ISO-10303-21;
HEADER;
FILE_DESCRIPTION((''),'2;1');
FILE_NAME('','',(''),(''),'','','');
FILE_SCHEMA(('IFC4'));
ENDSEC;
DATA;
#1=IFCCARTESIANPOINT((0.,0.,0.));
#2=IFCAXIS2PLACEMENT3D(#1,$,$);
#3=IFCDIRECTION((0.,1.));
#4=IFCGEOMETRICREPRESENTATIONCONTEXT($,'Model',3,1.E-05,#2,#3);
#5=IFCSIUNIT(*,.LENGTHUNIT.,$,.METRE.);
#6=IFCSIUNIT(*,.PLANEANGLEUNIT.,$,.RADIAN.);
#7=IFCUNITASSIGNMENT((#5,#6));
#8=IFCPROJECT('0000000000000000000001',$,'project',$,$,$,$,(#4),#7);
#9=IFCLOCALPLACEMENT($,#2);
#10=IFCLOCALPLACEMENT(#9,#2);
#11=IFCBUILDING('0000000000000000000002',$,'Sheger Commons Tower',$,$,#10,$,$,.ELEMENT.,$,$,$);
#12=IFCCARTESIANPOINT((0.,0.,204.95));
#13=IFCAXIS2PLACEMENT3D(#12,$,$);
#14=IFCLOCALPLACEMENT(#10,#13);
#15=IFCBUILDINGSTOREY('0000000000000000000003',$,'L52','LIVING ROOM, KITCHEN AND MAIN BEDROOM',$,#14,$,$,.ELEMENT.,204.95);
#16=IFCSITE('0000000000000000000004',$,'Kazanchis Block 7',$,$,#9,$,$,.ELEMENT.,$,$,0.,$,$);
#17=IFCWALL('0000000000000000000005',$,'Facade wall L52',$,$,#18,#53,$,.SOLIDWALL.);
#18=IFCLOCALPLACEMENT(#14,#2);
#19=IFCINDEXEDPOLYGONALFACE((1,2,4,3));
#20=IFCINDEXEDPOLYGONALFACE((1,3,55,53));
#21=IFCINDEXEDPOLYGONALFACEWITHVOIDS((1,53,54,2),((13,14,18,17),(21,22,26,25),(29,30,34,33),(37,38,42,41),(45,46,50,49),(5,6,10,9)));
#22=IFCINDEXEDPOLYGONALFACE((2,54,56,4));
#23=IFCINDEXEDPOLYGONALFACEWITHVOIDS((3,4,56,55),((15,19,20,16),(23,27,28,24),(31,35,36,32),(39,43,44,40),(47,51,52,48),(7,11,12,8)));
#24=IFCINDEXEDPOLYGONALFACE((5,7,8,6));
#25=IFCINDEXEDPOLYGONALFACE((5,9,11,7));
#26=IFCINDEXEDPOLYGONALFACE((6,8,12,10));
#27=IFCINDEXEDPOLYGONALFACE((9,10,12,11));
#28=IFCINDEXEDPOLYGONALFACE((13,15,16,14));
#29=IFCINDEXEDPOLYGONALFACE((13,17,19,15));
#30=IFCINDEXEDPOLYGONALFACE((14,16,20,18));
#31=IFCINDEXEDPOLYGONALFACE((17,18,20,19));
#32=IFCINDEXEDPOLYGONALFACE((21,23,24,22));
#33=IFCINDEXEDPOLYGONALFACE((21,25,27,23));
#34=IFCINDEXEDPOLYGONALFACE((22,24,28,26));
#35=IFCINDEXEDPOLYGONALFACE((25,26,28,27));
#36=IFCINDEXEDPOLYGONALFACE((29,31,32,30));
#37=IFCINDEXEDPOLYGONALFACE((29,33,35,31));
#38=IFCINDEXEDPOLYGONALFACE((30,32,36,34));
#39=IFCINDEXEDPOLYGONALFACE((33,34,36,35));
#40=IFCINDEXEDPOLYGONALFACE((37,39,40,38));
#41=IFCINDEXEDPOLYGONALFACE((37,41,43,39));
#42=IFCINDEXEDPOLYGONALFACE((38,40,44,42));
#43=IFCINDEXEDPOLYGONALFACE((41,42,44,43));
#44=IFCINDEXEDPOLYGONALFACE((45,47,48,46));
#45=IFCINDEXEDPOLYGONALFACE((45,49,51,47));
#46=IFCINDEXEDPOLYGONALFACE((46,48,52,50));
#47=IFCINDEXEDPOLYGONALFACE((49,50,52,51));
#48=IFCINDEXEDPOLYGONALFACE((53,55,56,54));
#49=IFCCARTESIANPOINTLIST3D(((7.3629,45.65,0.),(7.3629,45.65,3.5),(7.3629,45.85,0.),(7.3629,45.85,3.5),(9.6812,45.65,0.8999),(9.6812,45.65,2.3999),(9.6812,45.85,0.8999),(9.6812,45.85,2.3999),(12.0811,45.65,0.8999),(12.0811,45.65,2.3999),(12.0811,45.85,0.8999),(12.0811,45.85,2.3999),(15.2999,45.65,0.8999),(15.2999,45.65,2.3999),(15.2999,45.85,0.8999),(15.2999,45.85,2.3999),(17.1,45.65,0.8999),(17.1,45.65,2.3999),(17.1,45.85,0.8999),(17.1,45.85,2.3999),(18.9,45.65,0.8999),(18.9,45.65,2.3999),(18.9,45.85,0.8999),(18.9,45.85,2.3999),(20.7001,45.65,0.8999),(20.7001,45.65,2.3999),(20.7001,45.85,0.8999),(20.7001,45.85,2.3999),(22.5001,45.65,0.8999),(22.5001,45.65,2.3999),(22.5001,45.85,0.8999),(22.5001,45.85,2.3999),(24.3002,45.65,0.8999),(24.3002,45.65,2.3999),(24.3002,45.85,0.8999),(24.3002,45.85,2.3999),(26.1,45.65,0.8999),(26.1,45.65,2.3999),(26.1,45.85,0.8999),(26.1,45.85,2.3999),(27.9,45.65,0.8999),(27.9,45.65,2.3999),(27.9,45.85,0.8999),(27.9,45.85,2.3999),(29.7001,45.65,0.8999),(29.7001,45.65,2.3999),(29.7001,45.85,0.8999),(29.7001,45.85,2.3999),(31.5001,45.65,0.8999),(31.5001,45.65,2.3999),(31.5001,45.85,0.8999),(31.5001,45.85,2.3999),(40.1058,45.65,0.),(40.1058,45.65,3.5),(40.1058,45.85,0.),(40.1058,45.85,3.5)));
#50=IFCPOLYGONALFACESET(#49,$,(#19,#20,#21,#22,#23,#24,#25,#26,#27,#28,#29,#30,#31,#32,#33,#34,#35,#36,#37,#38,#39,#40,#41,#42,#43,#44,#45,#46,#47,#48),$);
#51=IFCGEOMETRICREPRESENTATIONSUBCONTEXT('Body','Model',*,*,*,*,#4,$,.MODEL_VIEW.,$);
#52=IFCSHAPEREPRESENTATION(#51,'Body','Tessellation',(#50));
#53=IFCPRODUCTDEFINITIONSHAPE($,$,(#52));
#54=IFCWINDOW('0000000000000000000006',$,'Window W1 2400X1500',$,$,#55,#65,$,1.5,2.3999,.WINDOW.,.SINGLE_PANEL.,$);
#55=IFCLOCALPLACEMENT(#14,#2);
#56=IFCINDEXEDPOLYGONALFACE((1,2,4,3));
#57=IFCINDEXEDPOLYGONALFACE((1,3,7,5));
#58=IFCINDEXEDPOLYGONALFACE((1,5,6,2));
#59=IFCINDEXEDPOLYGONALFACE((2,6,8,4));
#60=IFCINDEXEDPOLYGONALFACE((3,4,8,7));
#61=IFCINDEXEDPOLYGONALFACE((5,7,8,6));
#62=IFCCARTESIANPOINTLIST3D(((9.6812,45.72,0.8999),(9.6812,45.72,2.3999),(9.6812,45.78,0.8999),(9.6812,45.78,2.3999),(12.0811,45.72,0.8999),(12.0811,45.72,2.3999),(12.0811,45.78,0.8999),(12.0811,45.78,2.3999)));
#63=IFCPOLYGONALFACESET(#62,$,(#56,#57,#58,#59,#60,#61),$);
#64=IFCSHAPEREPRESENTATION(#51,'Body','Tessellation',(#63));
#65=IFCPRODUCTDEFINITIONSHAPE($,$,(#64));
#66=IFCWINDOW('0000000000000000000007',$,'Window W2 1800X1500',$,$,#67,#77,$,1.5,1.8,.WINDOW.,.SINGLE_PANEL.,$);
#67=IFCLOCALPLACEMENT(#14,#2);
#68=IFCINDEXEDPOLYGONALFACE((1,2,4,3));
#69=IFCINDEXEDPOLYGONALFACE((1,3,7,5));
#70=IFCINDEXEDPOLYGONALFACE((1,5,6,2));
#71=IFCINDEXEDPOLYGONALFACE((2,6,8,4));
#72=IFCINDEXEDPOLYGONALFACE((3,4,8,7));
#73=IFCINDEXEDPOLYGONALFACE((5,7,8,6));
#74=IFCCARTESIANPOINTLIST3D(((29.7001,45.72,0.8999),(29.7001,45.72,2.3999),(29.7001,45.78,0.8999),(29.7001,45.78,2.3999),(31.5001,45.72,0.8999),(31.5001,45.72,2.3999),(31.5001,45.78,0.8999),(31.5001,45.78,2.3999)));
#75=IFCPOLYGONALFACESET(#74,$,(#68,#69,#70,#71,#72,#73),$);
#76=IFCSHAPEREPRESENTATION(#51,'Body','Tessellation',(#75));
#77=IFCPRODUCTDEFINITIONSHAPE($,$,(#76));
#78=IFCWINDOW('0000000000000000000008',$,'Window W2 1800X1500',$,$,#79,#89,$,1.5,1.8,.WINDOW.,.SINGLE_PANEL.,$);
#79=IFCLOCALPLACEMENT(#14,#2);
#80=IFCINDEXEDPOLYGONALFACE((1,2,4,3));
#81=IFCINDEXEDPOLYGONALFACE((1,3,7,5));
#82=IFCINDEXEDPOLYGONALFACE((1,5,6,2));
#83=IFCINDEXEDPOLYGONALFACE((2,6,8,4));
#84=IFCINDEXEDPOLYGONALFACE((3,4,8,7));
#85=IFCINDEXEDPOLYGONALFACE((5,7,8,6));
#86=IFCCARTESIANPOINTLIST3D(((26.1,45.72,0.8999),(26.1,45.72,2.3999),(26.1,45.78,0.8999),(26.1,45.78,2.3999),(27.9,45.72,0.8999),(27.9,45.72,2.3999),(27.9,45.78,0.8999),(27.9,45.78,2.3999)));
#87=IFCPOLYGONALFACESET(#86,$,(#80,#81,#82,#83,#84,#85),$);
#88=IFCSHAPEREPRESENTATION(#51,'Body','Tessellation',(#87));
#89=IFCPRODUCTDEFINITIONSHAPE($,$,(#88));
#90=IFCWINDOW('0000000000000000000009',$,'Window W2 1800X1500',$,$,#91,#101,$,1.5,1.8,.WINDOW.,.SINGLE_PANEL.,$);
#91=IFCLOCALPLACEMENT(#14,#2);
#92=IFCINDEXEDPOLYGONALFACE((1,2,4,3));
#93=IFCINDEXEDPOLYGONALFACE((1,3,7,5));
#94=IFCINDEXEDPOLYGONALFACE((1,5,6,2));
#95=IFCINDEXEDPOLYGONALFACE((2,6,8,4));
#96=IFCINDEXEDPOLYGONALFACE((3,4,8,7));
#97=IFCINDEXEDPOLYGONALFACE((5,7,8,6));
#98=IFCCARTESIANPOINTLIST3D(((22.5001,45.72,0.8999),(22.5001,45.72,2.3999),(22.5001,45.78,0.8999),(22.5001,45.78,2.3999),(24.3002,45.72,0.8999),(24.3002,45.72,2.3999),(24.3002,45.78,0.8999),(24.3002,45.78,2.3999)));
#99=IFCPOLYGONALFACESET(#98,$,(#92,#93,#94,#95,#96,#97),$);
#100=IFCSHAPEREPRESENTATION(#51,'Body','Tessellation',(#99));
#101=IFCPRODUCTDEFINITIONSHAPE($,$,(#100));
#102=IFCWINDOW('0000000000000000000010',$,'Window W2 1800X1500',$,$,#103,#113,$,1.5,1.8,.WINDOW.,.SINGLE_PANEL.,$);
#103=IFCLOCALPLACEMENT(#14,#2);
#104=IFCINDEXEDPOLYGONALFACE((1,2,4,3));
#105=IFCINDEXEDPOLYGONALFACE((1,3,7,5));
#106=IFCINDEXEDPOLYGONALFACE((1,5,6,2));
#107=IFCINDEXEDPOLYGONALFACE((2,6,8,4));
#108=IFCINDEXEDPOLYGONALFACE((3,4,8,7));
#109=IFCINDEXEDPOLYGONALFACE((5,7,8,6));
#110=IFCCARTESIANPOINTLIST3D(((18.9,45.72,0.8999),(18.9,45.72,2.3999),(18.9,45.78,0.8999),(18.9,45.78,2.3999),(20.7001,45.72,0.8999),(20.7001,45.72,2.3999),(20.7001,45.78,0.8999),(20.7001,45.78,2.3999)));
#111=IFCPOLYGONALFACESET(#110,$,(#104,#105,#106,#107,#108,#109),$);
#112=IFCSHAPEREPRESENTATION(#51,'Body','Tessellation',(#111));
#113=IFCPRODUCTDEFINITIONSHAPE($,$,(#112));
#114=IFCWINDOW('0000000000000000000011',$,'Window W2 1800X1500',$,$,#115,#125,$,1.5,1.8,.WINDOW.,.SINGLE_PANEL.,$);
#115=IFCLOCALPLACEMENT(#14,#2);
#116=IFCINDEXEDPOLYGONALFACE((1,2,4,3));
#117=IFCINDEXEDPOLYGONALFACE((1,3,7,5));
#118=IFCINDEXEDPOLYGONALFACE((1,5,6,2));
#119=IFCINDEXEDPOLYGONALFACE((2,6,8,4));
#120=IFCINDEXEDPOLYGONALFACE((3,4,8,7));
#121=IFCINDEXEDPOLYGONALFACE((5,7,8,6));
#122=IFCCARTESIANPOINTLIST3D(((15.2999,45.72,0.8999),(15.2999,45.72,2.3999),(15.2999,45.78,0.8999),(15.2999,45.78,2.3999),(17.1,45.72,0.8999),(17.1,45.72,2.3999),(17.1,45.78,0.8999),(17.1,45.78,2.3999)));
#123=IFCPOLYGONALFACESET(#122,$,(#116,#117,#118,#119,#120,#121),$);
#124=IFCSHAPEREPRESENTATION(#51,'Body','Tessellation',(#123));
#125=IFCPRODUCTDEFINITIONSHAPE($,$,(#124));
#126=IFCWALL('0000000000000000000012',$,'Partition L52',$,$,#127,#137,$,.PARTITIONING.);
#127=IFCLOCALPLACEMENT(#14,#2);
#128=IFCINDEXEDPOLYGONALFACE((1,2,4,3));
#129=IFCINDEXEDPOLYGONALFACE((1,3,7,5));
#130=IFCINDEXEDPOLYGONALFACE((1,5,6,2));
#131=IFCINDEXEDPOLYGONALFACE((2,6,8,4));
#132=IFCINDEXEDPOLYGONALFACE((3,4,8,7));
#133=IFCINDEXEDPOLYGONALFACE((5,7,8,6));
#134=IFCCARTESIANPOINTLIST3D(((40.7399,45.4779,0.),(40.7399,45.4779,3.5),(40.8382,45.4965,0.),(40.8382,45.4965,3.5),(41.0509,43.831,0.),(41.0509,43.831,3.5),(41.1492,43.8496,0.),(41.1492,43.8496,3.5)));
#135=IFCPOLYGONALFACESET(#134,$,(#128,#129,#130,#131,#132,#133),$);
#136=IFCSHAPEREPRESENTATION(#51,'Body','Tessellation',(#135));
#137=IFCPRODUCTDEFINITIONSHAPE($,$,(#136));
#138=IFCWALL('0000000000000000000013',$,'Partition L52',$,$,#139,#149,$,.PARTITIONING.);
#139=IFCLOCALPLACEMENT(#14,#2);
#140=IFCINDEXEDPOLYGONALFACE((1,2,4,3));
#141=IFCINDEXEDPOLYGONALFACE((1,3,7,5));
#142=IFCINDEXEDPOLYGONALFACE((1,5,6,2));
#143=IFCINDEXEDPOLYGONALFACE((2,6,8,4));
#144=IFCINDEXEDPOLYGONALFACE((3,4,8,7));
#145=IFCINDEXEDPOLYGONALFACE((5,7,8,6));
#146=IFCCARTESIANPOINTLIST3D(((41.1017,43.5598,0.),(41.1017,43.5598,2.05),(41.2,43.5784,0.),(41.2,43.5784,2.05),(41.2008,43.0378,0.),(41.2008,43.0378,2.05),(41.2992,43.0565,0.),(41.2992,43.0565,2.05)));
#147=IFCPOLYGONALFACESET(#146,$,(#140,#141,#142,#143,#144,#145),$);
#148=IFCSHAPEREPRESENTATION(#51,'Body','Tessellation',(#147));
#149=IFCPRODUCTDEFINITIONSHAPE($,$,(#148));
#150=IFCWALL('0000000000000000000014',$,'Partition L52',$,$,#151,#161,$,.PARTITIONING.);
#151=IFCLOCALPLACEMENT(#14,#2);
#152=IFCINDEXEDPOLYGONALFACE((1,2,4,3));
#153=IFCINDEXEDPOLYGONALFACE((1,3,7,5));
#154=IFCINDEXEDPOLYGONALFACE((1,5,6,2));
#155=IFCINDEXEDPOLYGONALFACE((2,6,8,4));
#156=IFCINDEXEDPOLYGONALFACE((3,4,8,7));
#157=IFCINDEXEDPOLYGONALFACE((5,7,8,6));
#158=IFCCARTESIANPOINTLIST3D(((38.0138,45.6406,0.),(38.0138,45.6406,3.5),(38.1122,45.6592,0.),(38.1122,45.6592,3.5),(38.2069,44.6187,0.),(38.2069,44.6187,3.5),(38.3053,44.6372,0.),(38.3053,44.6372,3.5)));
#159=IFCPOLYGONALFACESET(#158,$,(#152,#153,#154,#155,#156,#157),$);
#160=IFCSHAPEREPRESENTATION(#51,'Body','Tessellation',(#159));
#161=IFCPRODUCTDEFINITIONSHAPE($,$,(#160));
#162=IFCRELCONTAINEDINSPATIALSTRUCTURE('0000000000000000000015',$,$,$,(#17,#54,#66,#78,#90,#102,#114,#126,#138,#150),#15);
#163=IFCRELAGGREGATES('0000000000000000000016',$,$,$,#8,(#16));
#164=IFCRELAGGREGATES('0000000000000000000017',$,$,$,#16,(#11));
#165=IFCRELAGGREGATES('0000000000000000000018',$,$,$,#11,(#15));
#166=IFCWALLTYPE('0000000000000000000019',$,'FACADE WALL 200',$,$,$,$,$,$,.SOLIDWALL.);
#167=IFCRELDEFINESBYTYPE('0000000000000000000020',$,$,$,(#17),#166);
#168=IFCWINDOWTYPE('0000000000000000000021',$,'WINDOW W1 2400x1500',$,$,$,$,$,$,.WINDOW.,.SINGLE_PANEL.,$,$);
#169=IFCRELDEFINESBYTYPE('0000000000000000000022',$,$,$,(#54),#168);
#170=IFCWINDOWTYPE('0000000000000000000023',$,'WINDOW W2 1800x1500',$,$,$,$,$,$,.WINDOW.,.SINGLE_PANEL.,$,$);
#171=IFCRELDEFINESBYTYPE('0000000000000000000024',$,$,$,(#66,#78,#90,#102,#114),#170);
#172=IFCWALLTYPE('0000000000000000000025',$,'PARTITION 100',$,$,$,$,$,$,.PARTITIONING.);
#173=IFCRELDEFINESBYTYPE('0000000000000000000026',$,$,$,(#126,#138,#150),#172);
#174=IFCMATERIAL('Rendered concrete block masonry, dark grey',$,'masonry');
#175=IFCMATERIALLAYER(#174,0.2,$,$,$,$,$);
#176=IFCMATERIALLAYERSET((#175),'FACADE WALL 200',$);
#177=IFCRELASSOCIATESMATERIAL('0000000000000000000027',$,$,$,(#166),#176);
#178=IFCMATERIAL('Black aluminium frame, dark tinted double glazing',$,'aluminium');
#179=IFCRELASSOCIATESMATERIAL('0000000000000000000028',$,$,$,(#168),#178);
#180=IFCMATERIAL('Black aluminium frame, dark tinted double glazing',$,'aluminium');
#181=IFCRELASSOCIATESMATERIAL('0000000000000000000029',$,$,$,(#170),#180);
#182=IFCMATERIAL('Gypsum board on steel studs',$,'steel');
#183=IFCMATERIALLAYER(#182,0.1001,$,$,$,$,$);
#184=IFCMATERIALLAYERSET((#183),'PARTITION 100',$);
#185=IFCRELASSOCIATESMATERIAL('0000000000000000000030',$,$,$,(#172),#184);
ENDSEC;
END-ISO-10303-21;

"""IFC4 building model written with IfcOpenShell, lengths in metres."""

from ifc_helpers import new_model, si_unit, direction, frame, frame_2d, origin, place, context, subcontext, project, spatial, rectangle, extrude, material, layer, layer_set, type_object, element, fill, save


model = new_model("IFC4")

# Units and contexts
model_context = context("Model", 3, precision=1e-05, world=origin(), true_north=direction((0.0, 1.0)))
body_context = subcontext(model_context, "Body", "Model", "MODEL_VIEW")
ifc_project = project(units=[si_unit("LENGTHUNIT", "METRE"), si_unit("PLANEANGLEUNIT", "RADIAN")], contexts=[model_context])

# Site, building, storey
site_placement = place(None, origin())
site = spatial("IfcSite", under=ifc_project, at=site_placement, Name="Kazanchis Block 7", CompositionType="ELEMENT", RefElevation=0.0)
building_placement = place(site_placement, origin())
building = spatial("IfcBuilding", under=site, at=building_placement, Name="Sheger Commons Tower", CompositionType="ELEMENT")
storey_placement = place(building_placement, frame((0.0, 0.0, 204.95)))
storey = spatial("IfcBuildingStorey", under=building, at=storey_placement, Name="L52", Description="LIVING ROOM, KITCHEN AND MAIN BEDROOM", CompositionType="ELEMENT", Elevation=204.95)

# Shared definitions
ifc_material_1 = material(Name="Rendered concrete block masonry, dark grey", Category="masonry")
ifc_layer_1 = layer(ifc_material_1, 0.2)
ifc_layer_set_1 = layer_set([ifc_layer_1], Name="FACADE WALL 200")
wall_type_1 = type_object("IfcWallType", Name="FACADE WALL 200", PredefinedType="SOLIDWALL", material=ifc_layer_set_1)

# Wall, openings, windows
wall_1_placement = place(storey_placement, frame((40.106, 45.75, 0.0), z_axis=(0.0, 0.0, 1.0), x_axis=(-1.0, 0.0, 0.0)))
wall_1 = element("IfcWall", 1, at=wall_1_placement, inside=storey, type_object=wall_type_1, Name="Facade wall L52", PredefinedType="SOLIDWALL", context=body_context, shape_type="SweptSolid", body=[
    extrude(rectangle(XDim=32.7429, YDim=0.2, at=frame_2d((16.3716, 0.0))), origin(), (0.0, 0.0, 1.0), 3.5),
])
opening_1_placement = place(wall_1_placement, frame((8.606, 0.0, 0.8999)))
opening_1 = element("IfcOpeningElement", 2, at=opening_1_placement, cuts=wall_1, PredefinedType="OPENING", context=body_context, shape_type="SweptSolid", body=[
    extrude(rectangle(XDim=1.8, YDim=1.5, at=frame_2d((0.8999, 0.75))), frame((0.0, 0.1099, 0.0), z_axis=(0.0, -1.0, 0.0), x_axis=(1.0, 0.0, 0.0)), (0.0, 0.0, 1.0), 0.22),
])
opening_2_placement = place(wall_1_placement, frame((12.2061, 0.0, 0.8999)))
opening_2 = element("IfcOpeningElement", 3, at=opening_2_placement, cuts=wall_1, PredefinedType="OPENING", context=body_context, shape_type="SweptSolid", body=[
    extrude(rectangle(XDim=1.8, YDim=1.5, at=frame_2d((0.8999, 0.75))), frame((0.0, 0.1099, 0.0), z_axis=(0.0, -1.0, 0.0), x_axis=(1.0, 0.0, 0.0)), (0.0, 0.0, 1.0), 0.22),
])
opening_3_placement = place(wall_1_placement, frame((15.8059, 0.0, 0.8999)))
opening_3 = element("IfcOpeningElement", 4, at=opening_3_placement, cuts=wall_1, PredefinedType="OPENING", context=body_context, shape_type="SweptSolid", body=[
    extrude(rectangle(XDim=1.8, YDim=1.5, at=frame_2d((0.8999, 0.75))), frame((0.0, 0.1099, 0.0), z_axis=(0.0, -1.0, 0.0), x_axis=(1.0, 0.0, 0.0)), (0.0, 0.0, 1.0), 0.22),
])
opening_4_placement = place(wall_1_placement, frame((19.406, 0.0, 0.8999)))
opening_4 = element("IfcOpeningElement", 5, at=opening_4_placement, cuts=wall_1, PredefinedType="OPENING", context=body_context, shape_type="SweptSolid", body=[
    extrude(rectangle(XDim=1.8, YDim=1.5, at=frame_2d((0.8999, 0.75))), frame((0.0, 0.1099, 0.0), z_axis=(0.0, -1.0, 0.0), x_axis=(1.0, 0.0, 0.0)), (0.0, 0.0, 1.0), 0.22),
])
opening_5_placement = place(wall_1_placement, frame((23.0061, 0.0, 0.8999)))
opening_5 = element("IfcOpeningElement", 6, at=opening_5_placement, cuts=wall_1, PredefinedType="OPENING", context=body_context, shape_type="SweptSolid", body=[
    extrude(rectangle(XDim=1.8, YDim=1.5, at=frame_2d((0.8999, 0.75))), frame((0.0, 0.1099, 0.0), z_axis=(0.0, -1.0, 0.0), x_axis=(1.0, 0.0, 0.0)), (0.0, 0.0, 1.0), 0.22),
])
opening_6_placement = place(wall_1_placement, frame((28.0249, 0.0, 0.8999)))
opening_6 = element("IfcOpeningElement", 7, at=opening_6_placement, cuts=wall_1, PredefinedType="OPENING", context=body_context, shape_type="SweptSolid", body=[
    extrude(rectangle(XDim=2.3999, YDim=1.5, at=frame_2d((1.2, 0.75))), frame((0.0, 0.1099, 0.0), z_axis=(0.0, -1.0, 0.0), x_axis=(1.0, 0.0, 0.0)), (0.0, 0.0, 1.0), 0.22),
])
ifc_material_2 = material(Name="Black aluminium frame, dark tinted double glazing", Category="aluminium")
window_type_1 = type_object("IfcWindowType", Name="WINDOW W1 2400x1500", PartitioningType="SINGLE_PANEL", PredefinedType="WINDOW", material=ifc_material_2)
window_1_placement = place(opening_6_placement, origin())
window_1 = element("IfcWindow", 8, at=window_1_placement, inside=storey, type_object=window_type_1, Name="Window W1 2400X1500", OverallHeight=1.5, OverallWidth=2.3999, PartitioningType="SINGLE_PANEL", PredefinedType="WINDOW", context=body_context, shape_type="SweptSolid", body=[
    extrude(rectangle(XDim=2.3999, YDim=1.5, at=frame_2d((1.2, 0.75))), frame((0.0, 0.03, 0.0), z_axis=(0.0, -1.0, 0.0), x_axis=(1.0, 0.0, 0.0)), (0.0, 0.0, 1.0), 0.0601),
])
fill(opening_6, window_1)
ifc_material_3 = material(Name="Black aluminium frame, dark tinted double glazing", Category="aluminium")
window_type_2 = type_object("IfcWindowType", Name="WINDOW W2 1800x1500", PartitioningType="SINGLE_PANEL", PredefinedType="WINDOW", material=ifc_material_3)
window_2_placement = place(opening_1_placement, origin())
window_2 = element("IfcWindow", 9, at=window_2_placement, inside=storey, type_object=window_type_2, Name="Window W2 1800X1500", OverallHeight=1.5, OverallWidth=1.8, PartitioningType="SINGLE_PANEL", PredefinedType="WINDOW", context=body_context, shape_type="SweptSolid", body=[
    extrude(rectangle(XDim=1.8, YDim=1.5, at=frame_2d((0.8999, 0.75))), frame((0.0, 0.03, 0.0), z_axis=(0.0, -1.0, 0.0), x_axis=(1.0, 0.0, 0.0)), (0.0, 0.0, 1.0), 0.0601),
])
fill(opening_1, window_2)
window_3_placement = place(opening_2_placement, origin())
window_3 = element("IfcWindow", 10, at=window_3_placement, inside=storey, type_object=window_type_2, Name="Window W2 1800X1500", OverallHeight=1.5, OverallWidth=1.8, PartitioningType="SINGLE_PANEL", PredefinedType="WINDOW", context=body_context, shape_type="SweptSolid", body=[
    extrude(rectangle(XDim=1.8, YDim=1.5, at=frame_2d((0.8999, 0.75))), frame((0.0, 0.03, 0.0), z_axis=(0.0, -1.0, 0.0), x_axis=(1.0, 0.0, 0.0)), (0.0, 0.0, 1.0), 0.0601),
])
fill(opening_2, window_3)
window_4_placement = place(opening_3_placement, origin())
window_4 = element("IfcWindow", 11, at=window_4_placement, inside=storey, type_object=window_type_2, Name="Window W2 1800X1500", OverallHeight=1.5, OverallWidth=1.8, PartitioningType="SINGLE_PANEL", PredefinedType="WINDOW", context=body_context, shape_type="SweptSolid", body=[
    extrude(rectangle(XDim=1.8, YDim=1.5, at=frame_2d((0.8999, 0.75))), frame((0.0, 0.03, 0.0), z_axis=(0.0, -1.0, 0.0), x_axis=(1.0, 0.0, 0.0)), (0.0, 0.0, 1.0), 0.0601),
])
fill(opening_3, window_4)
window_5_placement = place(opening_4_placement, origin())
window_5 = element("IfcWindow", 12, at=window_5_placement, inside=storey, type_object=window_type_2, Name="Window W2 1800X1500", OverallHeight=1.5, OverallWidth=1.8, PartitioningType="SINGLE_PANEL", PredefinedType="WINDOW", context=body_context, shape_type="SweptSolid", body=[
    extrude(rectangle(XDim=1.8, YDim=1.5, at=frame_2d((0.8999, 0.75))), frame((0.0, 0.03, 0.0), z_axis=(0.0, -1.0, 0.0), x_axis=(1.0, 0.0, 0.0)), (0.0, 0.0, 1.0), 0.0601),
])
fill(opening_4, window_5)
window_6_placement = place(opening_5_placement, origin())
window_6 = element("IfcWindow", 13, at=window_6_placement, inside=storey, type_object=window_type_2, Name="Window W2 1800X1500", OverallHeight=1.5, OverallWidth=1.8, PartitioningType="SINGLE_PANEL", PredefinedType="WINDOW", context=body_context, shape_type="SweptSolid", body=[
    extrude(rectangle(XDim=1.8, YDim=1.5, at=frame_2d((0.8999, 0.75))), frame((0.0, 0.03, 0.0), z_axis=(0.0, -1.0, 0.0), x_axis=(1.0, 0.0, 0.0)), (0.0, 0.0, 1.0), 0.0601),
])
fill(opening_5, window_6)

# Walls
ifc_material_4 = material(Name="Gypsum board on steel studs", Category="steel")
ifc_layer_2 = layer(ifc_material_4, 0.1001)
ifc_layer_set_2 = layer_set([ifc_layer_2], Name="PARTITION 100")
wall_type_2 = type_object("IfcWallType", Name="PARTITION 100", PredefinedType="PARTITIONING", material=ifc_layer_set_2)
wall_2_placement = place(storey_placement, frame((40.7891, 45.4871, 0.0), z_axis=(0.0, 0.0, 1.0), x_axis=(0.185572, -0.982631, 0.0)))
element("IfcWall", 14, at=wall_2_placement, inside=storey, type_object=wall_type_2, Name="Partition L52", PredefinedType="PARTITIONING", context=body_context, shape_type="SweptSolid", body=[
    extrude(rectangle(XDim=1.676, YDim=0.1001, at=frame_2d((0.8379, 0.0))), origin(), (0.0, 0.0, 1.0), 3.5),
])
wall_3_placement = place(storey_placement, frame((41.1509, 43.5691, 0.0), z_axis=(0.0, 0.0, 1.0), x_axis=(0.186563, -0.982443, 0.0)))
element("IfcWall", 15, at=wall_3_placement, inside=storey, type_object=wall_type_2, Name="Partition L52", PredefinedType="PARTITIONING", context=body_context, shape_type="SweptSolid", body=[
    extrude(rectangle(XDim=0.5312, YDim=0.1001, at=frame_2d((0.2656, 0.0))), origin(), (0.0, 0.0, 1.0), 2.05),
])
wall_4_placement = place(storey_placement, frame((38.063, 45.6499, 0.0), z_axis=(0.0, 0.0, 1.0), x_axis=(0.185677, -0.982611, 0.0)))
element("IfcWall", 16, at=wall_4_placement, inside=storey, type_object=wall_type_2, Name="Partition L52", PredefinedType="PARTITIONING", context=body_context, shape_type="SweptSolid", body=[
    extrude(rectangle(XDim=1.04, YDim=0.1001, at=frame_2d((0.52, 0.0))), origin(), (0.0, 0.0, 1.0), 3.5),
])

save(model, "model.ifc")
